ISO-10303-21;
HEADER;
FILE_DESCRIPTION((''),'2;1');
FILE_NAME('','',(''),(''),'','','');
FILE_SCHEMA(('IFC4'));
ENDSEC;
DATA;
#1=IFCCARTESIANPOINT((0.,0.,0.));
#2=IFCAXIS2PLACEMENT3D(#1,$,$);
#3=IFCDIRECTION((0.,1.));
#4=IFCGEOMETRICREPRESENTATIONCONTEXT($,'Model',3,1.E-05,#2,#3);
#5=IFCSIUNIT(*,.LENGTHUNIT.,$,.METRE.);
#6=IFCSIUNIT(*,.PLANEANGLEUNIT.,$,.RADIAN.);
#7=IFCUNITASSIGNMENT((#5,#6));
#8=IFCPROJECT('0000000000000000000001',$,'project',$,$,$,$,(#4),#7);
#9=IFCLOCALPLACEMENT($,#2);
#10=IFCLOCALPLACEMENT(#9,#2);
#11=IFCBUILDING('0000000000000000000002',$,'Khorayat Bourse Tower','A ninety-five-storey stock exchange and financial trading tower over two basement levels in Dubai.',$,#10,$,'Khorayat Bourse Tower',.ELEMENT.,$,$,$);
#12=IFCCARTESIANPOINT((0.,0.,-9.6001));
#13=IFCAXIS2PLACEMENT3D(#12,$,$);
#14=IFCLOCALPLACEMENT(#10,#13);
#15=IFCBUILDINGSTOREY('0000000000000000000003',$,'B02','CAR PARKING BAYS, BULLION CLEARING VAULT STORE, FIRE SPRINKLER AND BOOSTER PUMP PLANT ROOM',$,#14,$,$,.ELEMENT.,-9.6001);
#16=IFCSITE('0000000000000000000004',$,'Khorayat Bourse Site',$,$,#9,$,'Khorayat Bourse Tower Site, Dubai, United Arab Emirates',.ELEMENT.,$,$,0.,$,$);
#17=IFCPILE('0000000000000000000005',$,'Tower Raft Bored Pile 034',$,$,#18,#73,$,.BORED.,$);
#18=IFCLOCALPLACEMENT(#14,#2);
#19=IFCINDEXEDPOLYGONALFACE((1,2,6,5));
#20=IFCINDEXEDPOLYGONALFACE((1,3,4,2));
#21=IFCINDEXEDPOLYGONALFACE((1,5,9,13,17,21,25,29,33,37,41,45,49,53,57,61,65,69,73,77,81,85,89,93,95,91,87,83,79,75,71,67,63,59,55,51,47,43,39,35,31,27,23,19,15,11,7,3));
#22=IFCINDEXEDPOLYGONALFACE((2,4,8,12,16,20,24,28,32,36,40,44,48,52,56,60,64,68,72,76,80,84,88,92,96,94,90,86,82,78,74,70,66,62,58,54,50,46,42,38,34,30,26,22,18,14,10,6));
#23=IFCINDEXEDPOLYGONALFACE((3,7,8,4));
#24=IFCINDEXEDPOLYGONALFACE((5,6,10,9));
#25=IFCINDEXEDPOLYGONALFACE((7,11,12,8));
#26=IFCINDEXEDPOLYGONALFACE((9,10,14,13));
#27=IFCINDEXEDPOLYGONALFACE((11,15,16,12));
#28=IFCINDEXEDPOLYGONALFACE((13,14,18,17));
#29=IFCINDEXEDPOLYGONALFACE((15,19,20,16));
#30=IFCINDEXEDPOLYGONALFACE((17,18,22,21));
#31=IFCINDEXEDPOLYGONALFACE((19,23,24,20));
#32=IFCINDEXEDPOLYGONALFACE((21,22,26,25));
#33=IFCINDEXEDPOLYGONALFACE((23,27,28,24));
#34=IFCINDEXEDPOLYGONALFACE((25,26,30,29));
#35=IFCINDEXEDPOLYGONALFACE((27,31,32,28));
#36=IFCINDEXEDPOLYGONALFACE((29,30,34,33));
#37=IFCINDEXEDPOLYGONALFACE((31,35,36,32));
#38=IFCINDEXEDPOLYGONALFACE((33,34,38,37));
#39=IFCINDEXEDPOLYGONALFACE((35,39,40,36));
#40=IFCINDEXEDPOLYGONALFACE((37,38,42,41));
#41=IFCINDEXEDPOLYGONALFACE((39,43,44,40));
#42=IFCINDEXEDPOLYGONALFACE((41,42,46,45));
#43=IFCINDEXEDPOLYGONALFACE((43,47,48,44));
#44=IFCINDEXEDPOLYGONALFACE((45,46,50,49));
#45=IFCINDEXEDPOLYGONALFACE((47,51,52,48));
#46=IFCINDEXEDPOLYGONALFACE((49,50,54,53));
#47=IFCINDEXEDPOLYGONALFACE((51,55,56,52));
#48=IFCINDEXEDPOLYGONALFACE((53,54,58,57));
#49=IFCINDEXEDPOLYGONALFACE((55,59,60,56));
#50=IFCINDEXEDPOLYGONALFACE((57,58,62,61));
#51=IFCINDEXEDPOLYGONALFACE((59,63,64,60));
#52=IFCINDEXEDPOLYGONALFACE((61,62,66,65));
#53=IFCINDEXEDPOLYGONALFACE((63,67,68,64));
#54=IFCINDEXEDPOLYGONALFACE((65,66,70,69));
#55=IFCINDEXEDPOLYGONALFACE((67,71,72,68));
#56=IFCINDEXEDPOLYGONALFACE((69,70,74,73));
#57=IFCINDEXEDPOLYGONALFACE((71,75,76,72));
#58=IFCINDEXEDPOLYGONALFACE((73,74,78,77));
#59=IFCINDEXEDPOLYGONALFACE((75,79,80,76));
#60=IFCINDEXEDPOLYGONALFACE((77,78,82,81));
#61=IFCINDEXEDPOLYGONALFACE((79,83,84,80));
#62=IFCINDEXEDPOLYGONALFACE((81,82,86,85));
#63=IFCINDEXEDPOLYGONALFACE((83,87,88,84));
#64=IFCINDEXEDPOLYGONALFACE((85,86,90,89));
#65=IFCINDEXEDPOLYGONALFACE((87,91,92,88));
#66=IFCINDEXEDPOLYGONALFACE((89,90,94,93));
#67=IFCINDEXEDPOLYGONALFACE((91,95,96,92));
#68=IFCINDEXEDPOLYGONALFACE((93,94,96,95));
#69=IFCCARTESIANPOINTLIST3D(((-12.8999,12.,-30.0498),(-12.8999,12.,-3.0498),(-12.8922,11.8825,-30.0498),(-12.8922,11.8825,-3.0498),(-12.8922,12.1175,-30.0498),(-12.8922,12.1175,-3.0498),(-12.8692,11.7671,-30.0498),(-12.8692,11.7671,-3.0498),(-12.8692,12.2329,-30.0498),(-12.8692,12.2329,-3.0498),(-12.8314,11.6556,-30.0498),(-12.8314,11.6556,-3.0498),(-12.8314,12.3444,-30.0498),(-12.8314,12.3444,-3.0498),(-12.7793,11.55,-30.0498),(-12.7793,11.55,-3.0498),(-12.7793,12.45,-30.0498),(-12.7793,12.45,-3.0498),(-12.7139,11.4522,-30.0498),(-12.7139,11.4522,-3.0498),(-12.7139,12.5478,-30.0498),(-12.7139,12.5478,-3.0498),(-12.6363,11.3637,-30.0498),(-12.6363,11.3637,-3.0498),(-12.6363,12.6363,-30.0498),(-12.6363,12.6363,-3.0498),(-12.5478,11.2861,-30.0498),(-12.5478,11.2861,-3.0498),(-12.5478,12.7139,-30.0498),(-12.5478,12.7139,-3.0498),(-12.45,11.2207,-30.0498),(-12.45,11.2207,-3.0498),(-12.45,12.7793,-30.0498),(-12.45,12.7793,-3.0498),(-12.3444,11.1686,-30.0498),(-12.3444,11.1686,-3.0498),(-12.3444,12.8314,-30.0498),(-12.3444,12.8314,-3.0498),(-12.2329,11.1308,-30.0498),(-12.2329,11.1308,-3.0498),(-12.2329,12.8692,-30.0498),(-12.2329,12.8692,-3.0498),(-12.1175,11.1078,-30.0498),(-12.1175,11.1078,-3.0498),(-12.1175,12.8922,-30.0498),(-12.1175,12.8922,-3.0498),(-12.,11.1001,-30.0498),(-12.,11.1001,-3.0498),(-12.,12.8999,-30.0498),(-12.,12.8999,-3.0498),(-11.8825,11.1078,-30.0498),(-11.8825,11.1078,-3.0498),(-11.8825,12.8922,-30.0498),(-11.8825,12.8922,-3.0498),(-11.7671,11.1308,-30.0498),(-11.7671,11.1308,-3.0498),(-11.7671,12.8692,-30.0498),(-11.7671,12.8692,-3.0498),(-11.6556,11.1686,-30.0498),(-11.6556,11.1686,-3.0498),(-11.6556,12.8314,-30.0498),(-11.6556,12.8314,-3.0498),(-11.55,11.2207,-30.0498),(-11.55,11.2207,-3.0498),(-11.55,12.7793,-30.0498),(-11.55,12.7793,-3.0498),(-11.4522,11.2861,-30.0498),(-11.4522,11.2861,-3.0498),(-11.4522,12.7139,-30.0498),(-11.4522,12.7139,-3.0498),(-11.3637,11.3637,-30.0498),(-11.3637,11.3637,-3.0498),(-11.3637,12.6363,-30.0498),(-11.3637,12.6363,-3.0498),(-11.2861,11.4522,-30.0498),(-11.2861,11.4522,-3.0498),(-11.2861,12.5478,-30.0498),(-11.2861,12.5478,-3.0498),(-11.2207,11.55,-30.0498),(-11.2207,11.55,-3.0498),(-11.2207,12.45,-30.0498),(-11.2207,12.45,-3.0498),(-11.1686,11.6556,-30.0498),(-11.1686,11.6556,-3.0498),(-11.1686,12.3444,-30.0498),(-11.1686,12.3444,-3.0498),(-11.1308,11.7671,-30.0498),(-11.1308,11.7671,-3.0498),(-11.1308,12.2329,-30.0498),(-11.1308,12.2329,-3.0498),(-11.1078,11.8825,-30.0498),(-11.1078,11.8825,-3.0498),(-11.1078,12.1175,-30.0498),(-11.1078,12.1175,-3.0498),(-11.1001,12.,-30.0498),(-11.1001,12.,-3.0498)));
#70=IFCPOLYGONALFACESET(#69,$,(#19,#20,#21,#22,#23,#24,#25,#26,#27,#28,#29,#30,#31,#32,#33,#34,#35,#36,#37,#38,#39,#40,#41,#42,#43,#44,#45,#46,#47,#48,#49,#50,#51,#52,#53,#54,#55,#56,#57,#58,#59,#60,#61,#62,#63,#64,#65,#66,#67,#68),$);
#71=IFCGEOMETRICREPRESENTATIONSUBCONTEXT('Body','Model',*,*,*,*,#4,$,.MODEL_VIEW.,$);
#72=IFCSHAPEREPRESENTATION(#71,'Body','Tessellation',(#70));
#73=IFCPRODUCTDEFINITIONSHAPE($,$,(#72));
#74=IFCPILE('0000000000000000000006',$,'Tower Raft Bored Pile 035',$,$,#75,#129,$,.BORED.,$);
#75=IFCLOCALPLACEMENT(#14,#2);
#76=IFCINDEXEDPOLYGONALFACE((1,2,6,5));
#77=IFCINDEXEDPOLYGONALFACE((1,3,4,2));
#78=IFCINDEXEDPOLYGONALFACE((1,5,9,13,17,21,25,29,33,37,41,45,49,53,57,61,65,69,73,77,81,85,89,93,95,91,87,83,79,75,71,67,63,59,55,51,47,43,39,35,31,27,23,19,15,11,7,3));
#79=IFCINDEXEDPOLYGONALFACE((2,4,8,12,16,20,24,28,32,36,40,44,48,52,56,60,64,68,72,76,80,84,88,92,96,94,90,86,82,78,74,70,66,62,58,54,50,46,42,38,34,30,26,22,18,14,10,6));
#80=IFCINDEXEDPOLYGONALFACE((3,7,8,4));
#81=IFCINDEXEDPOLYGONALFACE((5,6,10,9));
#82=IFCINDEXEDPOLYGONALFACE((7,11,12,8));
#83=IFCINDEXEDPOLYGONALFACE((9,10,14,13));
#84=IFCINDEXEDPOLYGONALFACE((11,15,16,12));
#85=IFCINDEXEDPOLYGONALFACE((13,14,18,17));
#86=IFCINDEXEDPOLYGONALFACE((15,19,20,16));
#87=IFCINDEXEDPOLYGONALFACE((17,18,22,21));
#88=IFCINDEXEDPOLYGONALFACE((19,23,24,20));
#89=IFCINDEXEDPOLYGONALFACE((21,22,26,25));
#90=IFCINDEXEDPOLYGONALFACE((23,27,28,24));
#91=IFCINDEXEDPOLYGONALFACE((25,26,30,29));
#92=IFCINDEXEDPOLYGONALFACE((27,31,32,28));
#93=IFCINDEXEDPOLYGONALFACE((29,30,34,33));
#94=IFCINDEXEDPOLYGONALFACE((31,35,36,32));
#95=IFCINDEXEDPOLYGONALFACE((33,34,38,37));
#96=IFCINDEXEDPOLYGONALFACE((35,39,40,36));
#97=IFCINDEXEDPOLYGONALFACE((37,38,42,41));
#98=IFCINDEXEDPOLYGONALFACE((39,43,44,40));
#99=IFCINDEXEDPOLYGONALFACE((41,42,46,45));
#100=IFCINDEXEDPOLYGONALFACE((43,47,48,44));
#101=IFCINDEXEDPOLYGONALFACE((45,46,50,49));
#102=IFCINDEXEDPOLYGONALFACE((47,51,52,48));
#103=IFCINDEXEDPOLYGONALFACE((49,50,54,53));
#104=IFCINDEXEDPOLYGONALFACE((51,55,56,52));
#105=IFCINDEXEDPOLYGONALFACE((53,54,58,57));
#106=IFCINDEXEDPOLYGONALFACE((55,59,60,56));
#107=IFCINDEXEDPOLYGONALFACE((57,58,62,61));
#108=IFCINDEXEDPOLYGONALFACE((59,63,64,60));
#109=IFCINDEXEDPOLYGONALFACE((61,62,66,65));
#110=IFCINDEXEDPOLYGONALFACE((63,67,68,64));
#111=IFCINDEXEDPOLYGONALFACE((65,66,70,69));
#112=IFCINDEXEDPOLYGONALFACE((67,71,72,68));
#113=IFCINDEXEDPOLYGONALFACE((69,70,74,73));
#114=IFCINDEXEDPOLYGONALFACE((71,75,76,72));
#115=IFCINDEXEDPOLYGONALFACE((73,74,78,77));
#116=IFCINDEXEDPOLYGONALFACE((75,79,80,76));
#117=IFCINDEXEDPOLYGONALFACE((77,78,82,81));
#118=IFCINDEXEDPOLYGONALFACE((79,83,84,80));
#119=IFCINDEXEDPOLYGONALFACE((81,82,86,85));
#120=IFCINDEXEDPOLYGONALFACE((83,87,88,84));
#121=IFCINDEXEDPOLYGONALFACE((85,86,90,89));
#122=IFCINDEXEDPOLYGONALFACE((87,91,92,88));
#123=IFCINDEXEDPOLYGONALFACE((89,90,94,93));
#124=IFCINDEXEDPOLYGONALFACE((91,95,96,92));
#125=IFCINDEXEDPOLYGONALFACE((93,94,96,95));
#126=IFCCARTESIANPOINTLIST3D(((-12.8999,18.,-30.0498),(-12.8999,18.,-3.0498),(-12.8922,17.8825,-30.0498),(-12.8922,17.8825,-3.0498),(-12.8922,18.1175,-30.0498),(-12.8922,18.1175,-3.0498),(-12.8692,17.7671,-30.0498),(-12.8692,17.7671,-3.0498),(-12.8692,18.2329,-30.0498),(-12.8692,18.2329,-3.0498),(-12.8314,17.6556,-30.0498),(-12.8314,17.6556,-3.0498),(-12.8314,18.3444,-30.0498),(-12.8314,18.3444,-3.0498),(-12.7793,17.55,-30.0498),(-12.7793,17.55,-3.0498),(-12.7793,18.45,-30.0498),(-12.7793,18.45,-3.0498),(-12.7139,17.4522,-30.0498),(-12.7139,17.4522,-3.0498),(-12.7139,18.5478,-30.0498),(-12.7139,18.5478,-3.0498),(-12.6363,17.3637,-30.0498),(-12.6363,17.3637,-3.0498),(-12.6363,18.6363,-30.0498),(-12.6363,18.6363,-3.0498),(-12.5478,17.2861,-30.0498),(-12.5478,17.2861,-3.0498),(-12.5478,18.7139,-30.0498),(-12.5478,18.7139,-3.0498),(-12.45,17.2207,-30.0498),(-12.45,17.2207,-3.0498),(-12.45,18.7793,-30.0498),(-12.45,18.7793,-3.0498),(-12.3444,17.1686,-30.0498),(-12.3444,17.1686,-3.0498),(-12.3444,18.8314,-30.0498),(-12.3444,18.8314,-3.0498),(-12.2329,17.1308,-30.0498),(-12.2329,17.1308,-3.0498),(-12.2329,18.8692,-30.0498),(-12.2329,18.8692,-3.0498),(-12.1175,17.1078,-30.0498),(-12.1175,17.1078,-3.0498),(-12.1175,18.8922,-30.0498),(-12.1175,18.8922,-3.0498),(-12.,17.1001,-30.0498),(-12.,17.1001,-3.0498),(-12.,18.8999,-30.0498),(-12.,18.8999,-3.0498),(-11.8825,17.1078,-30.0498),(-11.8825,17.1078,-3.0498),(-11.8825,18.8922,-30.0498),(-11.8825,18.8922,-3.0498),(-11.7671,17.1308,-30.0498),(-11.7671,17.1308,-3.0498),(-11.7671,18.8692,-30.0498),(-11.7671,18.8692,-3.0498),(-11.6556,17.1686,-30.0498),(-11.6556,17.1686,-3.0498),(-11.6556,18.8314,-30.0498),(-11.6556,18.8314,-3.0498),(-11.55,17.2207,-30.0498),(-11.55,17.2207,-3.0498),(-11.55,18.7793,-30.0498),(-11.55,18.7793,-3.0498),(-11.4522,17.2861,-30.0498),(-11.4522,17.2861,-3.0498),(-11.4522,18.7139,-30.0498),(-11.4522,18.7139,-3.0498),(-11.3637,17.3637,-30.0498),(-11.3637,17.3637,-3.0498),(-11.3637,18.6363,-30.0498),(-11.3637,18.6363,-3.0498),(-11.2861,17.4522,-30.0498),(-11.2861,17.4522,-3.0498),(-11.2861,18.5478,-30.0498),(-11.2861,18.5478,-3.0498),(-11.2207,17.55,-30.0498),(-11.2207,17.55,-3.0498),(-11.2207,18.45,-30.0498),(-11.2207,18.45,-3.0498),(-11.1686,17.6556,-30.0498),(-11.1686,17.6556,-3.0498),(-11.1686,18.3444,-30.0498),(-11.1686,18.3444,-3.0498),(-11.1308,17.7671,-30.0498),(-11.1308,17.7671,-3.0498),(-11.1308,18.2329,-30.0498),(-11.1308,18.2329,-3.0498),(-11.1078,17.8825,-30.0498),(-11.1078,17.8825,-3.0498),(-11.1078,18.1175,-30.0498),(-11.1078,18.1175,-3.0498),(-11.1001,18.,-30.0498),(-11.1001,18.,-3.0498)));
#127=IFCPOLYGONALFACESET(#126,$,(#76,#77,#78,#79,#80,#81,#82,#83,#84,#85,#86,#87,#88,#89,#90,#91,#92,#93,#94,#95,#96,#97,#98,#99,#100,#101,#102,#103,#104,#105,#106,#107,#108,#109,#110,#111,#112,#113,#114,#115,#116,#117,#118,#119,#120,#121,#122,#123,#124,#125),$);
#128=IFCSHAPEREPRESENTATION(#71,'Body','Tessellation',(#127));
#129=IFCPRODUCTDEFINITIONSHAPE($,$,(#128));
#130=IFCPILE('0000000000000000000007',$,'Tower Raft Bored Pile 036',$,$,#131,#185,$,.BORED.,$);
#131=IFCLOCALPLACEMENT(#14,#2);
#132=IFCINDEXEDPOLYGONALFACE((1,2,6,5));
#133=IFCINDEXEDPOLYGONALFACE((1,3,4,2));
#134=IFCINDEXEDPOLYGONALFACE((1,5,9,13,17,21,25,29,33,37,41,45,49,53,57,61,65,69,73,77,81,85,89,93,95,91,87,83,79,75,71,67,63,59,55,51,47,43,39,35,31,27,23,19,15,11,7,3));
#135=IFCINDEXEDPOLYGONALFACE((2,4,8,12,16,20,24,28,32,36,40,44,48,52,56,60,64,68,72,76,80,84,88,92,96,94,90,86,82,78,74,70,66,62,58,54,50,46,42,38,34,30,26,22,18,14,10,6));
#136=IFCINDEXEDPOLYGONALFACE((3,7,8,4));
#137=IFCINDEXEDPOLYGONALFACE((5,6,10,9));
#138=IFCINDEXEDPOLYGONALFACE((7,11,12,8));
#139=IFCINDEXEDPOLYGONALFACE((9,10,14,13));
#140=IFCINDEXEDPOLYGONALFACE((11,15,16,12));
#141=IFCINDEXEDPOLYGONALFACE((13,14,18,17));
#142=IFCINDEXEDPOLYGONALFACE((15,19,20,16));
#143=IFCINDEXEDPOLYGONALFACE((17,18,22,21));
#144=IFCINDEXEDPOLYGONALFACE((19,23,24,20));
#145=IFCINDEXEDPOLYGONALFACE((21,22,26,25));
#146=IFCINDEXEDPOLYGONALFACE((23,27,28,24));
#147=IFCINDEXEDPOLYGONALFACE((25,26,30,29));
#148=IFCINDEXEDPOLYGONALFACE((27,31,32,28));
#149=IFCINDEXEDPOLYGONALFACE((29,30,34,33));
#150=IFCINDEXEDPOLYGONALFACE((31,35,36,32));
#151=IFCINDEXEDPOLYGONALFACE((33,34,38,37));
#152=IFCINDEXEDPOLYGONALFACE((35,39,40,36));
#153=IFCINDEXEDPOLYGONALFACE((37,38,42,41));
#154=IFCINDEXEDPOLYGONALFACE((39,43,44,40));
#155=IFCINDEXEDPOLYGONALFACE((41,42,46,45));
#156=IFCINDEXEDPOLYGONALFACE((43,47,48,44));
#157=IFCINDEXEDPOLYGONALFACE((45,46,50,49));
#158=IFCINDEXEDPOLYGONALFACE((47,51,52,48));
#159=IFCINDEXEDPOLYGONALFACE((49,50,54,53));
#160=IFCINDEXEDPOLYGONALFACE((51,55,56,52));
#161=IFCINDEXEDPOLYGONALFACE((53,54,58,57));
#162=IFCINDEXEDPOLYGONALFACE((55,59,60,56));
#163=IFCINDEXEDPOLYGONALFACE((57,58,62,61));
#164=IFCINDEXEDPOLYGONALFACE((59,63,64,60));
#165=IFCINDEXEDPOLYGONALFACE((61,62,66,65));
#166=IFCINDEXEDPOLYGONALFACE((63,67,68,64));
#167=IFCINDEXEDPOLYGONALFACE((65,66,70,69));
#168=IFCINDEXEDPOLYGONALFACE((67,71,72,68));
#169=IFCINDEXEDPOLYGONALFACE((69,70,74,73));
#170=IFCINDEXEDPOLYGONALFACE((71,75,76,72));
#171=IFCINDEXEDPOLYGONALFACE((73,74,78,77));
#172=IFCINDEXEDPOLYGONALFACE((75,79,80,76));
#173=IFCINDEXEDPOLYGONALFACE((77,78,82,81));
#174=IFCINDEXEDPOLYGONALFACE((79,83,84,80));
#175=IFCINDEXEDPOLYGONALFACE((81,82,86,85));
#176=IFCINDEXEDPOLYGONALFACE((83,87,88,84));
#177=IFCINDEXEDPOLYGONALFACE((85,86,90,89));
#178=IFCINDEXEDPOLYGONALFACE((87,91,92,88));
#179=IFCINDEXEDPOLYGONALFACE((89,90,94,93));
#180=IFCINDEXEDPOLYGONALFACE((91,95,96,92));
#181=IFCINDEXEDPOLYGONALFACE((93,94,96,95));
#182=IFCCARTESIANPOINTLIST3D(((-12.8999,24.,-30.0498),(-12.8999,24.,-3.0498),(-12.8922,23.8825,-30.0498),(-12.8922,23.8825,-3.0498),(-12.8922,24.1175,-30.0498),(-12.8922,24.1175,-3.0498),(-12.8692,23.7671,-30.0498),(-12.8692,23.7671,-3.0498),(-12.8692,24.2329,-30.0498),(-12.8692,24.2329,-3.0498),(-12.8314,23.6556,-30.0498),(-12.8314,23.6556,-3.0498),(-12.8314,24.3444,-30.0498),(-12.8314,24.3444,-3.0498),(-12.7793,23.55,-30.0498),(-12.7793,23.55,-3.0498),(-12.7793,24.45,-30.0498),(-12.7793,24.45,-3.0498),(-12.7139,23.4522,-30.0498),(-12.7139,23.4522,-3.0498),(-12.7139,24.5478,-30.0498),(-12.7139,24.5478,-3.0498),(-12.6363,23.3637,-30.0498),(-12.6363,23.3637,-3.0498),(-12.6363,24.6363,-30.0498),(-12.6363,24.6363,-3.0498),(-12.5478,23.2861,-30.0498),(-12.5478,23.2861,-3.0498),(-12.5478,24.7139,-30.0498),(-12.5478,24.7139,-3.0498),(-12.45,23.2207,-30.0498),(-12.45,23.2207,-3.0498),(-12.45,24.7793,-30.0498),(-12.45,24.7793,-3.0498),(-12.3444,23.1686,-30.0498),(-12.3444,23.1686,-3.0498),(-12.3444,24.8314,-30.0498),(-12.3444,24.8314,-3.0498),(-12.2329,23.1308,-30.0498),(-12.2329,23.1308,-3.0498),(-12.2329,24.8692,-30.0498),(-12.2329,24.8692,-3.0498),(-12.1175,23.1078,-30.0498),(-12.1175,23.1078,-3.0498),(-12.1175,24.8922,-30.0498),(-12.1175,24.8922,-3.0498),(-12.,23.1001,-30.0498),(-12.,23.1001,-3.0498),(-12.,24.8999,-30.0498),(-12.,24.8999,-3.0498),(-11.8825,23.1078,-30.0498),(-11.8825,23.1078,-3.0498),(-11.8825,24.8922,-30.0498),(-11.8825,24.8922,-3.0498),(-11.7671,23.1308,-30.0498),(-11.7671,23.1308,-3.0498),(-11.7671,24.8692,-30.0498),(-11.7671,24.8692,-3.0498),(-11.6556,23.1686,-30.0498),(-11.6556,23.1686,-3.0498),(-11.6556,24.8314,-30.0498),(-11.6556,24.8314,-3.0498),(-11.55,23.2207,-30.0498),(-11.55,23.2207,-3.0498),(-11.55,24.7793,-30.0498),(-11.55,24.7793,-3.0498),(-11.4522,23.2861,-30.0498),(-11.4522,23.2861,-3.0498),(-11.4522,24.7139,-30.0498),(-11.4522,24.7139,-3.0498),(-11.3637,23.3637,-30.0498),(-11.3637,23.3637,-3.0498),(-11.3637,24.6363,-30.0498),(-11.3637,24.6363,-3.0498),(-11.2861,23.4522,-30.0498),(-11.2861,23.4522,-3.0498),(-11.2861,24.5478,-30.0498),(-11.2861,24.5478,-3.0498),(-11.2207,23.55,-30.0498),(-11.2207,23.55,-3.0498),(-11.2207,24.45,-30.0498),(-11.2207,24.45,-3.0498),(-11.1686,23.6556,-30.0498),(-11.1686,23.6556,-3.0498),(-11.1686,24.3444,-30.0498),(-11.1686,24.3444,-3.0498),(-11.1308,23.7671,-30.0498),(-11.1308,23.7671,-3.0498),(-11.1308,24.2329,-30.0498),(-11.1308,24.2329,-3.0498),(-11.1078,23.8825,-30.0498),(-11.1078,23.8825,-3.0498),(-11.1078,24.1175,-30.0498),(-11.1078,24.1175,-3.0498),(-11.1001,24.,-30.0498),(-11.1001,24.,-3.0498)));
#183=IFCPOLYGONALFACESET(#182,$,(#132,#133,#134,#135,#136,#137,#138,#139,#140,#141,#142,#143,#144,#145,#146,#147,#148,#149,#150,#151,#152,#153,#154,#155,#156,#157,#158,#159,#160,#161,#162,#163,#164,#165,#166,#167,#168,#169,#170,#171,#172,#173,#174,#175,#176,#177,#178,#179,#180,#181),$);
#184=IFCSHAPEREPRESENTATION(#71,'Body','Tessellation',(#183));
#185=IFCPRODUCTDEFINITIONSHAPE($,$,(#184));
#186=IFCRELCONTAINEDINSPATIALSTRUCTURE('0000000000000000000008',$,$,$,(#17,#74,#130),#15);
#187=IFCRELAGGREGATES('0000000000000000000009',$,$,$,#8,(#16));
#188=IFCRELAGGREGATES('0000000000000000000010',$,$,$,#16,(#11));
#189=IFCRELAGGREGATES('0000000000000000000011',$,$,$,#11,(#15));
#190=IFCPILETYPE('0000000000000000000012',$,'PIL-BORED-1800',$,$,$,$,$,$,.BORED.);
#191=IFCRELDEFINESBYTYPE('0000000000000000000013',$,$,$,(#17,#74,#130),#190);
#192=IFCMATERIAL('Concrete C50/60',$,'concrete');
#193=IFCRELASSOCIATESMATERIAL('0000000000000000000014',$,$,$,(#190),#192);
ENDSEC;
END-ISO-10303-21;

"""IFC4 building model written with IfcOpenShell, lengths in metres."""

from ifc_helpers import new_model, si_unit, direction, frame, origin, origin_2d, place, context, subcontext, project, spatial, circle, extrude, source, transform, mapped, material, material_profile, profile_set, type_object, element, save


model = new_model("IFC4")

# Units and contexts
model_context = context("Model", 3, precision=1e-05, world=origin(), true_north=direction((0.0, 1.0)))
body_context = subcontext(model_context, "Body", "Model", "MODEL_VIEW")
ifc_project = project(units=[si_unit("LENGTHUNIT", "METRE"), si_unit("PLANEANGLEUNIT", "RADIAN")], contexts=[model_context])

# Site, building, storey
site_placement = place(None, origin())
site = spatial("IfcSite", under=ifc_project, at=site_placement, Name="Khorayat Bourse Site", LongName="Khorayat Bourse Tower Site, Dubai, United Arab Emirates", CompositionType="ELEMENT", RefElevation=0.0)
building_placement = place(site_placement, origin())
building = spatial("IfcBuilding", under=site, at=building_placement, Name="Khorayat Bourse Tower", Description="A ninety-five-storey stock exchange and financial trading tower over two basement levels in Dubai.", LongName="Khorayat Bourse Tower", CompositionType="ELEMENT")
storey_placement = place(building_placement, frame((0.0, 0.0, -9.6001)))
storey = spatial("IfcBuildingStorey", under=building, at=storey_placement, Name="B02", Description="CAR PARKING BAYS, BULLION CLEARING VAULT STORE, FIRE SPRINKLER AND BOOSTER PUMP PLANT ROOM", CompositionType="ELEMENT", Elevation=-9.6001)

# Piles
ifc_material_1 = material(Name="Concrete C50/60", Category="concrete")
ifc_material_profile_1 = material_profile(ifc_material_1, circle(Radius=0.8999, at=origin_2d()), Name="BORED PILE D1800")
ifc_profile_set_1 = profile_set([ifc_material_profile_1], Name="Concrete C50/60")
pile_type_1 = type_object("IfcPileType", Name="PIL-BORED-1800", PredefinedType="BORED", material=ifc_profile_set_1)
shared_shape_1 = source(origin(), body_context, "Body", "SweptSolid", [
    extrude(circle(Radius=0.8999, at=origin_2d()), origin(), (0.0, 0.0, 1.0), 27.0),
])
for number, where, z_axis, x_axis, name in (
    (1, (-12.0, 12.0, -3.0498), (0.0, 0.0, -1.0), (1.0, 0.0, 0.0), "Tower Raft Bored Pile 034"),
    (2, (-12.0, 18.0, -3.0498), (0.0, 0.0, -1.0), (1.0, 0.0, 0.0), "Tower Raft Bored Pile 035"),
    (3, (-12.0, 24.0, -3.0498), (0.0, 0.0, -1.0), (1.0, 0.0, 0.0), "Tower Raft Bored Pile 036"),
):
    element("IfcPile", number, at=place(storey_placement, frame(where, z_axis=z_axis, x_axis=x_axis)), inside=storey, type_object=pile_type_1, Name=name, PredefinedType="BORED", context=body_context, shape_type="MappedRepresentation", body=[
        mapped(shared_shape_1, transform((0.0, 0.0, 0.0), scale=1.0)),
    ])

save(model, "model.ifc")
